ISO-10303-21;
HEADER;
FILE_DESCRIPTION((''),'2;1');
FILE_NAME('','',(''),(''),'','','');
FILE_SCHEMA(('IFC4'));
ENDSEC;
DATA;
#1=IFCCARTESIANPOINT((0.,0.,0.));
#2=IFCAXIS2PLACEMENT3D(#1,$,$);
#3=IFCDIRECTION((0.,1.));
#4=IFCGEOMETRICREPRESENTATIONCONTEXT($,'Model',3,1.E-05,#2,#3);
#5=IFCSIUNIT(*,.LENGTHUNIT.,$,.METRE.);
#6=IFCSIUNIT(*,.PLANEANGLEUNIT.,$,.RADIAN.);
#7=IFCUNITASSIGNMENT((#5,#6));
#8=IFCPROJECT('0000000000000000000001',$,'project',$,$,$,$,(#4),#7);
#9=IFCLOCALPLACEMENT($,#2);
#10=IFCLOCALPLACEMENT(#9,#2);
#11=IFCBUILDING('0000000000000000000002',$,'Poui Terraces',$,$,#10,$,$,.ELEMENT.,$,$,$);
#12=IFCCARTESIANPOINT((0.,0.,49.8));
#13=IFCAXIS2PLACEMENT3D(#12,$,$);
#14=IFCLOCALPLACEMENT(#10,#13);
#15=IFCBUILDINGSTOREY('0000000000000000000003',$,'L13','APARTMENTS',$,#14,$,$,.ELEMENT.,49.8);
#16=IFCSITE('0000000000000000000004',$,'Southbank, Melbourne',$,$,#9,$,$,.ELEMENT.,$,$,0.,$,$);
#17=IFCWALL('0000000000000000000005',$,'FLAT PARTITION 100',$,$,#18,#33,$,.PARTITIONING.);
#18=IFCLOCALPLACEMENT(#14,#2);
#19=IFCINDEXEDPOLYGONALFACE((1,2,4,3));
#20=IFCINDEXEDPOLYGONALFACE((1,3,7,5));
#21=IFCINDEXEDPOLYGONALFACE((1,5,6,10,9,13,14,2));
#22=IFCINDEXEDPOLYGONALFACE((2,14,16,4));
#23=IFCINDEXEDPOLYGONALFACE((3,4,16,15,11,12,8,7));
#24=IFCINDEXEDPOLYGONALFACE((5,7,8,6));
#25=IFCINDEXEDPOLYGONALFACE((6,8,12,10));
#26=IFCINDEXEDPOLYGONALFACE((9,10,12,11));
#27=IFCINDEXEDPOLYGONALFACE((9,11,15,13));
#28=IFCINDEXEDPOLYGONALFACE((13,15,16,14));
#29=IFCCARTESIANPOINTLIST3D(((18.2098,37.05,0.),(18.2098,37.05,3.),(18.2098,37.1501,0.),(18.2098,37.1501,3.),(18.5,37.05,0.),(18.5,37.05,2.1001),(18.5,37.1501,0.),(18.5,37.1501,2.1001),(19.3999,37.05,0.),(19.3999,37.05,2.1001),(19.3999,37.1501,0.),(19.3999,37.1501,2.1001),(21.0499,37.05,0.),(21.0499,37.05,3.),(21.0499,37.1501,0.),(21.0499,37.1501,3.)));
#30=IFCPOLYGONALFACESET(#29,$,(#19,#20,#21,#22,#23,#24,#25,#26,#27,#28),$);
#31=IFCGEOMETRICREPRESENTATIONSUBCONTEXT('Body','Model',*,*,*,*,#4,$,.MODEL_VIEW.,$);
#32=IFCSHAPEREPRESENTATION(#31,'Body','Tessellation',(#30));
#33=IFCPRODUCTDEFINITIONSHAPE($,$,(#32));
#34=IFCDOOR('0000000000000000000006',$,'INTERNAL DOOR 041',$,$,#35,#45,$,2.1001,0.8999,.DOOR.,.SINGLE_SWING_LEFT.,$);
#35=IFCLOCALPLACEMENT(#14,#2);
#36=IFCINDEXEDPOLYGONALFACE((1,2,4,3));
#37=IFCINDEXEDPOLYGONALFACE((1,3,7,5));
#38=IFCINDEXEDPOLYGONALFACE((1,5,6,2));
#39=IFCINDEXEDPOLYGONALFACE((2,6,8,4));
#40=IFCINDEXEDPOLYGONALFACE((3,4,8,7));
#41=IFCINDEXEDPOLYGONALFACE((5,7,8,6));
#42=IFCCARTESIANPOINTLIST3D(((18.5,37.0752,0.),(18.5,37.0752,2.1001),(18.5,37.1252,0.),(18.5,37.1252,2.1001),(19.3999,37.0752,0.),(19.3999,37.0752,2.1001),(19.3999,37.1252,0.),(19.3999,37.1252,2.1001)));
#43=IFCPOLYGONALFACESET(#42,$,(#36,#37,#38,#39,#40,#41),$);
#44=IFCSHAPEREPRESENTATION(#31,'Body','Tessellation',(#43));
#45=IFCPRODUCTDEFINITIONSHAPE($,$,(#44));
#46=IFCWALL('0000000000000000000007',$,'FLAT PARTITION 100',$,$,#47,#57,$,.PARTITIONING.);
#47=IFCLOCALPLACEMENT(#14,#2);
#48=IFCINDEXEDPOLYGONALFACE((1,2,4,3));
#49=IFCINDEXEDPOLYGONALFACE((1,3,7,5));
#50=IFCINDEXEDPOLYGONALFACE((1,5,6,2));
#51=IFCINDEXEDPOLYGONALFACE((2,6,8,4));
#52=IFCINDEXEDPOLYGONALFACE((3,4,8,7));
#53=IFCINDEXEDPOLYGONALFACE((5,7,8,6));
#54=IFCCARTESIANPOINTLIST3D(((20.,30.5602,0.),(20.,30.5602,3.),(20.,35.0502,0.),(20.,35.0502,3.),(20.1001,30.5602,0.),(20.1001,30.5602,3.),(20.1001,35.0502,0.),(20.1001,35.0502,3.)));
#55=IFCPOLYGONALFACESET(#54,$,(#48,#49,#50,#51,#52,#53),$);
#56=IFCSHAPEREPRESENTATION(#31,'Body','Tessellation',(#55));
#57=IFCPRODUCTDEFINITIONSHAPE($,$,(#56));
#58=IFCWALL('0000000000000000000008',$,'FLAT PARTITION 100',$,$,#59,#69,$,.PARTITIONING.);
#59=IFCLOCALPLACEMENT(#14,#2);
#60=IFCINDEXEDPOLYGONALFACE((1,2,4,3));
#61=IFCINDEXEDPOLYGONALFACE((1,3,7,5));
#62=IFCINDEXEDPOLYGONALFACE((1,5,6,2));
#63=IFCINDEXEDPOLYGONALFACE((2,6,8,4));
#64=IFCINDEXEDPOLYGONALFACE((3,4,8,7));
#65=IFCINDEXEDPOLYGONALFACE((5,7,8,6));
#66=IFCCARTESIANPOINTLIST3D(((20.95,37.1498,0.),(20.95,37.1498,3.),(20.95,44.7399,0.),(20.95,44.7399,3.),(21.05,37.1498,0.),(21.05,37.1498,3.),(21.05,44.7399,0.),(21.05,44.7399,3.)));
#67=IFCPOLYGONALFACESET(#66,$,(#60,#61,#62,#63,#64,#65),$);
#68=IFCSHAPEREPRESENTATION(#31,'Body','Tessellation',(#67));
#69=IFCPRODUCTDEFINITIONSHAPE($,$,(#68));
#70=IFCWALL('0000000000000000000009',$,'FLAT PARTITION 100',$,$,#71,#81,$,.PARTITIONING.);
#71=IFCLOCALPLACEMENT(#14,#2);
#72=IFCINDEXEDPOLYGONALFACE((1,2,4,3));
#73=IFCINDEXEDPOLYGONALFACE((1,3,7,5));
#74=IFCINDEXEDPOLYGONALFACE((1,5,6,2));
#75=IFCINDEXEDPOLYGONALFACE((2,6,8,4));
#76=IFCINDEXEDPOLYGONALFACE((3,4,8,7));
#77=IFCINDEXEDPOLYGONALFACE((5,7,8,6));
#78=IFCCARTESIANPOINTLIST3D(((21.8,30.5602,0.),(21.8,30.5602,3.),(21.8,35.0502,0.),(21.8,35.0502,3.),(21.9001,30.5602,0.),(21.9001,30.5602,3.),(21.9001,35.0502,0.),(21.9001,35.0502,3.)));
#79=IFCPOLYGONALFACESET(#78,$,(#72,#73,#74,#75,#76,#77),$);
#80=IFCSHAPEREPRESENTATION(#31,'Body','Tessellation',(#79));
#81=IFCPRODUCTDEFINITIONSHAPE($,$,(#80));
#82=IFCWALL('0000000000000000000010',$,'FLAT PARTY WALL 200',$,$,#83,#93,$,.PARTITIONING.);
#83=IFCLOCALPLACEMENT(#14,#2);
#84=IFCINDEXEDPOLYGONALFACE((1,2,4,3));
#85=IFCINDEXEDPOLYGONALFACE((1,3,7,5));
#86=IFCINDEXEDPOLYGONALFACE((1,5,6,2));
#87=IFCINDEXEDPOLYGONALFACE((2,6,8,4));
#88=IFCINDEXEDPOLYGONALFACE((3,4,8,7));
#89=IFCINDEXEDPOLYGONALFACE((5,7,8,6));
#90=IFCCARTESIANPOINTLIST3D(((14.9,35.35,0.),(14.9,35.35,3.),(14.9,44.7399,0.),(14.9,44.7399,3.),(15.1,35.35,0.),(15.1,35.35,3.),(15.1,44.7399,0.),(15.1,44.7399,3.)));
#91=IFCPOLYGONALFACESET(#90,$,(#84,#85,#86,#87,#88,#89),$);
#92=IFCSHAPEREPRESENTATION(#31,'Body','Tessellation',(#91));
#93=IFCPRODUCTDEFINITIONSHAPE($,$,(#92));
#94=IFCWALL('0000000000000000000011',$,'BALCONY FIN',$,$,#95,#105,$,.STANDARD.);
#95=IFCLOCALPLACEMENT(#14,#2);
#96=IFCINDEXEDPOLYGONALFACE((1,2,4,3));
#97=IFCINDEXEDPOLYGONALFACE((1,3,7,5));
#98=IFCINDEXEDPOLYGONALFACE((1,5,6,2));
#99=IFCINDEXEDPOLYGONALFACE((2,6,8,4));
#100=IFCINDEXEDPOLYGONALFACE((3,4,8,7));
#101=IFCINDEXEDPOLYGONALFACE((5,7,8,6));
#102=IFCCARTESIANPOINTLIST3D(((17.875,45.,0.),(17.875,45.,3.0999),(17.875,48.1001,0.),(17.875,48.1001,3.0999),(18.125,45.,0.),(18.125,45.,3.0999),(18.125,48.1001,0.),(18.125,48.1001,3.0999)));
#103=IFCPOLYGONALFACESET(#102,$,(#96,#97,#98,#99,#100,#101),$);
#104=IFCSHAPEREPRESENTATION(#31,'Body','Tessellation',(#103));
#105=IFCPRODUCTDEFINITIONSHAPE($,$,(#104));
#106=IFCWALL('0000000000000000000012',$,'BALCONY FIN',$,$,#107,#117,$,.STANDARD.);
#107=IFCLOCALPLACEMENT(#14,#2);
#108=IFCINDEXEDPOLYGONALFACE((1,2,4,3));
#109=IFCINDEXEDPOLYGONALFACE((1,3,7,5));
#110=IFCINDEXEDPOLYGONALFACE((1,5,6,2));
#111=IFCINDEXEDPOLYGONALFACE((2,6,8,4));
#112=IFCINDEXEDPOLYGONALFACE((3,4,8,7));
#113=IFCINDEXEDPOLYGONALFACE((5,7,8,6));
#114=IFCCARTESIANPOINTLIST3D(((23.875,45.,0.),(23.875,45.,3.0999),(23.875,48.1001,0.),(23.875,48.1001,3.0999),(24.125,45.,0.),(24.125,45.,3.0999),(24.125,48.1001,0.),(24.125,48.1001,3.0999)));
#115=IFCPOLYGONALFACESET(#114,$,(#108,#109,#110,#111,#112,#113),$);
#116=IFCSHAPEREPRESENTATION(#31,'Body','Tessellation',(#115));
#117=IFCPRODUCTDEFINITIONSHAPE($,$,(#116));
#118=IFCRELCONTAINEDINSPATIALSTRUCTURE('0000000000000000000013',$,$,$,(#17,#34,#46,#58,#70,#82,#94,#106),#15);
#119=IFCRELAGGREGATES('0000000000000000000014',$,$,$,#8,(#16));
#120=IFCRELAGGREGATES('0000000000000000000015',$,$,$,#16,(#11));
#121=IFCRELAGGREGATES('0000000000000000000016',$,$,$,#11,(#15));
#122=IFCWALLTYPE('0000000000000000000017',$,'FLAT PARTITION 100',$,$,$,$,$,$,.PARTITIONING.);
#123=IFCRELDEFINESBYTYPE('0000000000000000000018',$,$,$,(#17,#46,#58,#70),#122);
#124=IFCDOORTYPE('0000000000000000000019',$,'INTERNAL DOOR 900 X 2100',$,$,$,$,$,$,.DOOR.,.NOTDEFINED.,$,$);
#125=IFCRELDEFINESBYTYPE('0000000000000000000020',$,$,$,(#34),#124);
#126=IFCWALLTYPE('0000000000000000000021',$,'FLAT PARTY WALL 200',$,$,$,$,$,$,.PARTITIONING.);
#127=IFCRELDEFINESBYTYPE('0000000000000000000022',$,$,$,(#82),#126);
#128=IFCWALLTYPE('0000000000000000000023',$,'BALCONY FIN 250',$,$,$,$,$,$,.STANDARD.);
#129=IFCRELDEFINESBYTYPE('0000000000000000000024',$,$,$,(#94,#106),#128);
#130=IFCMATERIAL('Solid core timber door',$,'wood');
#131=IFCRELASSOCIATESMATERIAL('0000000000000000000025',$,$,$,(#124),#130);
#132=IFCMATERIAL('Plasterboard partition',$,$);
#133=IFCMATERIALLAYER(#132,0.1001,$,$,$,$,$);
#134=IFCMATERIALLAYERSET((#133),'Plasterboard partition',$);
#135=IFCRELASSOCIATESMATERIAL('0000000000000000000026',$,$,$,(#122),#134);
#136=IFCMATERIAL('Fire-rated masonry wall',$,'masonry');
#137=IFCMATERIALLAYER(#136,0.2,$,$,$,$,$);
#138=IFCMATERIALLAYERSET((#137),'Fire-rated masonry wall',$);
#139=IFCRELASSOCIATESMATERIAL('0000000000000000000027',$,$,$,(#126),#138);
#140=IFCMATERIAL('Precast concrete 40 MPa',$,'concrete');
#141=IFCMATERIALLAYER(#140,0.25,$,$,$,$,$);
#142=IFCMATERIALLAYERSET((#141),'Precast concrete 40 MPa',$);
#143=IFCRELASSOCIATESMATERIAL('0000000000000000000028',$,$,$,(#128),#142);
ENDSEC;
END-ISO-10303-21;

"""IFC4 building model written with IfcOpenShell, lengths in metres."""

from ifc_helpers import new_model, si_unit, direction, frame, frame_2d, origin, place, context, subcontext, project, spatial, polyline, rectangle, outline, extrude, source, transform, mapped, material, layer, layer_set, type_object, element, fill, save


model = new_model("IFC4")

# Units and contexts
model_context = context("Model", 3, precision=1e-05, world=origin(), true_north=direction((0.0, 1.0)))
body_context = subcontext(model_context, "Body", "Model", "MODEL_VIEW")
ifc_project = project(units=[si_unit("LENGTHUNIT", "METRE"), si_unit("PLANEANGLEUNIT", "RADIAN")], contexts=[model_context])

# Site, building, storey
site_placement = place(None, origin())
site = spatial("IfcSite", under=ifc_project, at=site_placement, Name="Southbank, Melbourne", CompositionType="ELEMENT", RefElevation=0.0)
building_placement = place(site_placement, origin())
building = spatial("IfcBuilding", under=site, at=building_placement, Name="Poui Terraces", CompositionType="ELEMENT")
storey_placement = place(building_placement, frame((0.0, 0.0, 49.8)))
storey = spatial("IfcBuildingStorey", under=building, at=storey_placement, Name="L13", Description="APARTMENTS", CompositionType="ELEMENT", Elevation=49.8)

# Wall, opening, door
ifc_material_1 = material(Name="Solid core timber door", Category="wood")
door_type_1 = type_object("IfcDoorType", Name="INTERNAL DOOR 900 X 2100", OperationType="NOTDEFINED", PredefinedType="DOOR", material=ifc_material_1)
ifc_material_2 = material(Name="Plasterboard partition")
ifc_layer_1 = layer(ifc_material_2, 0.1001)
ifc_layer_set_1 = layer_set([ifc_layer_1], Name="Plasterboard partition")
wall_type_1 = type_object("IfcWallType", Name="FLAT PARTITION 100", PredefinedType="PARTITIONING", material=ifc_layer_set_1)
wall_1_placement = place(storey_placement, frame((18.21, 37.1001, 0.0), z_axis=(0.0, 0.0, 1.0), x_axis=(1.0, 0.0, 0.0)))
wall_1 = element("IfcWall", 1, at=wall_1_placement, inside=storey, type_object=wall_type_1, Name="FLAT PARTITION 100", PredefinedType="PARTITIONING", context=body_context, shape_type="SweptSolid", body=[
    extrude(rectangle(XDim=2.8401, YDim=0.1001, at=frame_2d((1.4199, 0.0))), origin(), (0.0, 0.0, 1.0), 3.0),
])
opening_1_placement = place(wall_1_placement, frame((0.29, 0.0, 0.0)))
opening_1 = element("IfcOpeningElement", 2, at=opening_1_placement, cuts=wall_1, PredefinedType="OPENING", context=body_context, shape_type="SweptSolid", body=[
    extrude(rectangle(XDim=0.8999, YDim=2.1001, at=frame_2d((0.45, 1.05))), frame((0.0, 0.0601, 0.0), z_axis=(0.0, -1.0, 0.0), x_axis=(1.0, 0.0, 0.0)), (0.0, 0.0, 1.0), 0.1201),
])
door_1_placement = place(opening_1_placement, frame((0.8999, 0.0, 0.0), z_axis=(0.0, 0.0, 1.0), x_axis=(-1.0, 0.0, 0.0)))
door_1 = element("IfcDoor", 3, at=door_1_placement, inside=storey, type_object=door_type_1, Name="INTERNAL DOOR 041", OperationType="SINGLE_SWING_LEFT", OverallHeight=2.1001, OverallWidth=0.8999, PredefinedType="DOOR", context=body_context, shape_type="SweptSolid", body=[
    extrude(rectangle(XDim=0.8999, YDim=2.1001, at=frame_2d((0.45, 1.05))), frame((0.0, 0.0249, 0.0), z_axis=(0.0, -1.0, 0.0), x_axis=(1.0, 0.0, 0.0)), (0.0, 0.0, 1.0), 0.05),
])
fill(opening_1, door_1)

# Walls
wall_2_placement = place(storey_placement, frame((20.05, 30.5601, 0.0), z_axis=(0.0, 0.0, 1.0), x_axis=(0.0, 1.0, 0.0)))
element("IfcWall", 4, at=wall_2_placement, inside=storey, type_object=wall_type_1, Name="FLAT PARTITION 100", PredefinedType="PARTITIONING", context=body_context, shape_type="SweptSolid", body=[
    extrude(rectangle(XDim=4.49, YDim=0.1001, at=frame_2d((2.2451, 0.0))), origin(), (0.0, 0.0, 1.0), 3.0),
])
wall_3_placement = place(storey_placement, frame((21.0, 37.1499, 0.0), z_axis=(0.0, 0.0, 1.0), x_axis=(0.0, 1.0, 0.0)))
element("IfcWall", 5, at=wall_3_placement, inside=storey, type_object=wall_type_1, Name="FLAT PARTITION 100", PredefinedType="PARTITIONING", context=body_context, shape_type="SweptSolid", body=[
    extrude(rectangle(XDim=7.5901, YDim=0.1001, at=frame_2d((3.7949, 0.0))), origin(), (0.0, 0.0, 1.0), 3.0),
])
wall_4_placement = place(storey_placement, frame((21.8501, 30.5601, 0.0), z_axis=(0.0, 0.0, 1.0), x_axis=(0.0, 1.0, 0.0)))
element("IfcWall", 6, at=wall_4_placement, inside=storey, type_object=wall_type_1, Name="FLAT PARTITION 100", PredefinedType="PARTITIONING", context=body_context, shape_type="SweptSolid", body=[
    extrude(rectangle(XDim=4.49, YDim=0.1001, at=frame_2d((2.2451, 0.0))), origin(), (0.0, 0.0, 1.0), 3.0),
])
ifc_material_3 = material(Name="Fire-rated masonry wall", Category="masonry")
ifc_layer_2 = layer(ifc_material_3, 0.2)
ifc_layer_set_2 = layer_set([ifc_layer_2], Name="Fire-rated masonry wall")
wall_type_2 = type_object("IfcWallType", Name="FLAT PARTY WALL 200", PredefinedType="PARTITIONING", material=ifc_layer_set_2)
wall_5_placement = place(storey_placement, frame((15.0, 35.3501, 0.0), z_axis=(0.0, 0.0, 1.0), x_axis=(0.0, 1.0, 0.0)))
element("IfcWall", 7, at=wall_5_placement, inside=storey, type_object=wall_type_2, Name="FLAT PARTY WALL 200", PredefinedType="PARTITIONING", context=body_context, shape_type="SweptSolid", body=[
    extrude(rectangle(XDim=9.3899, YDim=0.2, at=frame_2d((4.6948, 0.0))), origin(), (0.0, 0.0, 1.0), 3.0),
])
ifc_material_4 = material(Name="Precast concrete 40 MPa", Category="concrete")
ifc_layer_3 = layer(ifc_material_4, 0.25)
ifc_layer_set_3 = layer_set([ifc_layer_3], Name="Precast concrete 40 MPa")
wall_type_3 = type_object("IfcWallType", Name="BALCONY FIN 250", PredefinedType="STANDARD", material=ifc_layer_set_3)
shared_shape_1 = source(origin(), body_context, "Body", "SweptSolid", [
    extrude(outline(polyline([(0.0, 0.0), (0.25, 0.0), (0.25, 3.1001), (0.0, 3.1001), (0.0, 0.0)])), origin(), (0.0, 0.0, 1.0), 3.0999),
])
for number, where, name in (
    (8, (17.875, 45.0, 0.0), "BALCONY FIN"),
    (9, (23.875, 45.0, 0.0), "BALCONY FIN"),
):
    element("IfcWall", number, at=place(storey_placement, frame(where)), inside=storey, type_object=wall_type_3, Name=name, PredefinedType="STANDARD", context=body_context, shape_type="MappedRepresentation", body=[
        mapped(shared_shape_1, transform((0.0, 0.0, 0.0))),
    ])

save(model, "model.ifc")
